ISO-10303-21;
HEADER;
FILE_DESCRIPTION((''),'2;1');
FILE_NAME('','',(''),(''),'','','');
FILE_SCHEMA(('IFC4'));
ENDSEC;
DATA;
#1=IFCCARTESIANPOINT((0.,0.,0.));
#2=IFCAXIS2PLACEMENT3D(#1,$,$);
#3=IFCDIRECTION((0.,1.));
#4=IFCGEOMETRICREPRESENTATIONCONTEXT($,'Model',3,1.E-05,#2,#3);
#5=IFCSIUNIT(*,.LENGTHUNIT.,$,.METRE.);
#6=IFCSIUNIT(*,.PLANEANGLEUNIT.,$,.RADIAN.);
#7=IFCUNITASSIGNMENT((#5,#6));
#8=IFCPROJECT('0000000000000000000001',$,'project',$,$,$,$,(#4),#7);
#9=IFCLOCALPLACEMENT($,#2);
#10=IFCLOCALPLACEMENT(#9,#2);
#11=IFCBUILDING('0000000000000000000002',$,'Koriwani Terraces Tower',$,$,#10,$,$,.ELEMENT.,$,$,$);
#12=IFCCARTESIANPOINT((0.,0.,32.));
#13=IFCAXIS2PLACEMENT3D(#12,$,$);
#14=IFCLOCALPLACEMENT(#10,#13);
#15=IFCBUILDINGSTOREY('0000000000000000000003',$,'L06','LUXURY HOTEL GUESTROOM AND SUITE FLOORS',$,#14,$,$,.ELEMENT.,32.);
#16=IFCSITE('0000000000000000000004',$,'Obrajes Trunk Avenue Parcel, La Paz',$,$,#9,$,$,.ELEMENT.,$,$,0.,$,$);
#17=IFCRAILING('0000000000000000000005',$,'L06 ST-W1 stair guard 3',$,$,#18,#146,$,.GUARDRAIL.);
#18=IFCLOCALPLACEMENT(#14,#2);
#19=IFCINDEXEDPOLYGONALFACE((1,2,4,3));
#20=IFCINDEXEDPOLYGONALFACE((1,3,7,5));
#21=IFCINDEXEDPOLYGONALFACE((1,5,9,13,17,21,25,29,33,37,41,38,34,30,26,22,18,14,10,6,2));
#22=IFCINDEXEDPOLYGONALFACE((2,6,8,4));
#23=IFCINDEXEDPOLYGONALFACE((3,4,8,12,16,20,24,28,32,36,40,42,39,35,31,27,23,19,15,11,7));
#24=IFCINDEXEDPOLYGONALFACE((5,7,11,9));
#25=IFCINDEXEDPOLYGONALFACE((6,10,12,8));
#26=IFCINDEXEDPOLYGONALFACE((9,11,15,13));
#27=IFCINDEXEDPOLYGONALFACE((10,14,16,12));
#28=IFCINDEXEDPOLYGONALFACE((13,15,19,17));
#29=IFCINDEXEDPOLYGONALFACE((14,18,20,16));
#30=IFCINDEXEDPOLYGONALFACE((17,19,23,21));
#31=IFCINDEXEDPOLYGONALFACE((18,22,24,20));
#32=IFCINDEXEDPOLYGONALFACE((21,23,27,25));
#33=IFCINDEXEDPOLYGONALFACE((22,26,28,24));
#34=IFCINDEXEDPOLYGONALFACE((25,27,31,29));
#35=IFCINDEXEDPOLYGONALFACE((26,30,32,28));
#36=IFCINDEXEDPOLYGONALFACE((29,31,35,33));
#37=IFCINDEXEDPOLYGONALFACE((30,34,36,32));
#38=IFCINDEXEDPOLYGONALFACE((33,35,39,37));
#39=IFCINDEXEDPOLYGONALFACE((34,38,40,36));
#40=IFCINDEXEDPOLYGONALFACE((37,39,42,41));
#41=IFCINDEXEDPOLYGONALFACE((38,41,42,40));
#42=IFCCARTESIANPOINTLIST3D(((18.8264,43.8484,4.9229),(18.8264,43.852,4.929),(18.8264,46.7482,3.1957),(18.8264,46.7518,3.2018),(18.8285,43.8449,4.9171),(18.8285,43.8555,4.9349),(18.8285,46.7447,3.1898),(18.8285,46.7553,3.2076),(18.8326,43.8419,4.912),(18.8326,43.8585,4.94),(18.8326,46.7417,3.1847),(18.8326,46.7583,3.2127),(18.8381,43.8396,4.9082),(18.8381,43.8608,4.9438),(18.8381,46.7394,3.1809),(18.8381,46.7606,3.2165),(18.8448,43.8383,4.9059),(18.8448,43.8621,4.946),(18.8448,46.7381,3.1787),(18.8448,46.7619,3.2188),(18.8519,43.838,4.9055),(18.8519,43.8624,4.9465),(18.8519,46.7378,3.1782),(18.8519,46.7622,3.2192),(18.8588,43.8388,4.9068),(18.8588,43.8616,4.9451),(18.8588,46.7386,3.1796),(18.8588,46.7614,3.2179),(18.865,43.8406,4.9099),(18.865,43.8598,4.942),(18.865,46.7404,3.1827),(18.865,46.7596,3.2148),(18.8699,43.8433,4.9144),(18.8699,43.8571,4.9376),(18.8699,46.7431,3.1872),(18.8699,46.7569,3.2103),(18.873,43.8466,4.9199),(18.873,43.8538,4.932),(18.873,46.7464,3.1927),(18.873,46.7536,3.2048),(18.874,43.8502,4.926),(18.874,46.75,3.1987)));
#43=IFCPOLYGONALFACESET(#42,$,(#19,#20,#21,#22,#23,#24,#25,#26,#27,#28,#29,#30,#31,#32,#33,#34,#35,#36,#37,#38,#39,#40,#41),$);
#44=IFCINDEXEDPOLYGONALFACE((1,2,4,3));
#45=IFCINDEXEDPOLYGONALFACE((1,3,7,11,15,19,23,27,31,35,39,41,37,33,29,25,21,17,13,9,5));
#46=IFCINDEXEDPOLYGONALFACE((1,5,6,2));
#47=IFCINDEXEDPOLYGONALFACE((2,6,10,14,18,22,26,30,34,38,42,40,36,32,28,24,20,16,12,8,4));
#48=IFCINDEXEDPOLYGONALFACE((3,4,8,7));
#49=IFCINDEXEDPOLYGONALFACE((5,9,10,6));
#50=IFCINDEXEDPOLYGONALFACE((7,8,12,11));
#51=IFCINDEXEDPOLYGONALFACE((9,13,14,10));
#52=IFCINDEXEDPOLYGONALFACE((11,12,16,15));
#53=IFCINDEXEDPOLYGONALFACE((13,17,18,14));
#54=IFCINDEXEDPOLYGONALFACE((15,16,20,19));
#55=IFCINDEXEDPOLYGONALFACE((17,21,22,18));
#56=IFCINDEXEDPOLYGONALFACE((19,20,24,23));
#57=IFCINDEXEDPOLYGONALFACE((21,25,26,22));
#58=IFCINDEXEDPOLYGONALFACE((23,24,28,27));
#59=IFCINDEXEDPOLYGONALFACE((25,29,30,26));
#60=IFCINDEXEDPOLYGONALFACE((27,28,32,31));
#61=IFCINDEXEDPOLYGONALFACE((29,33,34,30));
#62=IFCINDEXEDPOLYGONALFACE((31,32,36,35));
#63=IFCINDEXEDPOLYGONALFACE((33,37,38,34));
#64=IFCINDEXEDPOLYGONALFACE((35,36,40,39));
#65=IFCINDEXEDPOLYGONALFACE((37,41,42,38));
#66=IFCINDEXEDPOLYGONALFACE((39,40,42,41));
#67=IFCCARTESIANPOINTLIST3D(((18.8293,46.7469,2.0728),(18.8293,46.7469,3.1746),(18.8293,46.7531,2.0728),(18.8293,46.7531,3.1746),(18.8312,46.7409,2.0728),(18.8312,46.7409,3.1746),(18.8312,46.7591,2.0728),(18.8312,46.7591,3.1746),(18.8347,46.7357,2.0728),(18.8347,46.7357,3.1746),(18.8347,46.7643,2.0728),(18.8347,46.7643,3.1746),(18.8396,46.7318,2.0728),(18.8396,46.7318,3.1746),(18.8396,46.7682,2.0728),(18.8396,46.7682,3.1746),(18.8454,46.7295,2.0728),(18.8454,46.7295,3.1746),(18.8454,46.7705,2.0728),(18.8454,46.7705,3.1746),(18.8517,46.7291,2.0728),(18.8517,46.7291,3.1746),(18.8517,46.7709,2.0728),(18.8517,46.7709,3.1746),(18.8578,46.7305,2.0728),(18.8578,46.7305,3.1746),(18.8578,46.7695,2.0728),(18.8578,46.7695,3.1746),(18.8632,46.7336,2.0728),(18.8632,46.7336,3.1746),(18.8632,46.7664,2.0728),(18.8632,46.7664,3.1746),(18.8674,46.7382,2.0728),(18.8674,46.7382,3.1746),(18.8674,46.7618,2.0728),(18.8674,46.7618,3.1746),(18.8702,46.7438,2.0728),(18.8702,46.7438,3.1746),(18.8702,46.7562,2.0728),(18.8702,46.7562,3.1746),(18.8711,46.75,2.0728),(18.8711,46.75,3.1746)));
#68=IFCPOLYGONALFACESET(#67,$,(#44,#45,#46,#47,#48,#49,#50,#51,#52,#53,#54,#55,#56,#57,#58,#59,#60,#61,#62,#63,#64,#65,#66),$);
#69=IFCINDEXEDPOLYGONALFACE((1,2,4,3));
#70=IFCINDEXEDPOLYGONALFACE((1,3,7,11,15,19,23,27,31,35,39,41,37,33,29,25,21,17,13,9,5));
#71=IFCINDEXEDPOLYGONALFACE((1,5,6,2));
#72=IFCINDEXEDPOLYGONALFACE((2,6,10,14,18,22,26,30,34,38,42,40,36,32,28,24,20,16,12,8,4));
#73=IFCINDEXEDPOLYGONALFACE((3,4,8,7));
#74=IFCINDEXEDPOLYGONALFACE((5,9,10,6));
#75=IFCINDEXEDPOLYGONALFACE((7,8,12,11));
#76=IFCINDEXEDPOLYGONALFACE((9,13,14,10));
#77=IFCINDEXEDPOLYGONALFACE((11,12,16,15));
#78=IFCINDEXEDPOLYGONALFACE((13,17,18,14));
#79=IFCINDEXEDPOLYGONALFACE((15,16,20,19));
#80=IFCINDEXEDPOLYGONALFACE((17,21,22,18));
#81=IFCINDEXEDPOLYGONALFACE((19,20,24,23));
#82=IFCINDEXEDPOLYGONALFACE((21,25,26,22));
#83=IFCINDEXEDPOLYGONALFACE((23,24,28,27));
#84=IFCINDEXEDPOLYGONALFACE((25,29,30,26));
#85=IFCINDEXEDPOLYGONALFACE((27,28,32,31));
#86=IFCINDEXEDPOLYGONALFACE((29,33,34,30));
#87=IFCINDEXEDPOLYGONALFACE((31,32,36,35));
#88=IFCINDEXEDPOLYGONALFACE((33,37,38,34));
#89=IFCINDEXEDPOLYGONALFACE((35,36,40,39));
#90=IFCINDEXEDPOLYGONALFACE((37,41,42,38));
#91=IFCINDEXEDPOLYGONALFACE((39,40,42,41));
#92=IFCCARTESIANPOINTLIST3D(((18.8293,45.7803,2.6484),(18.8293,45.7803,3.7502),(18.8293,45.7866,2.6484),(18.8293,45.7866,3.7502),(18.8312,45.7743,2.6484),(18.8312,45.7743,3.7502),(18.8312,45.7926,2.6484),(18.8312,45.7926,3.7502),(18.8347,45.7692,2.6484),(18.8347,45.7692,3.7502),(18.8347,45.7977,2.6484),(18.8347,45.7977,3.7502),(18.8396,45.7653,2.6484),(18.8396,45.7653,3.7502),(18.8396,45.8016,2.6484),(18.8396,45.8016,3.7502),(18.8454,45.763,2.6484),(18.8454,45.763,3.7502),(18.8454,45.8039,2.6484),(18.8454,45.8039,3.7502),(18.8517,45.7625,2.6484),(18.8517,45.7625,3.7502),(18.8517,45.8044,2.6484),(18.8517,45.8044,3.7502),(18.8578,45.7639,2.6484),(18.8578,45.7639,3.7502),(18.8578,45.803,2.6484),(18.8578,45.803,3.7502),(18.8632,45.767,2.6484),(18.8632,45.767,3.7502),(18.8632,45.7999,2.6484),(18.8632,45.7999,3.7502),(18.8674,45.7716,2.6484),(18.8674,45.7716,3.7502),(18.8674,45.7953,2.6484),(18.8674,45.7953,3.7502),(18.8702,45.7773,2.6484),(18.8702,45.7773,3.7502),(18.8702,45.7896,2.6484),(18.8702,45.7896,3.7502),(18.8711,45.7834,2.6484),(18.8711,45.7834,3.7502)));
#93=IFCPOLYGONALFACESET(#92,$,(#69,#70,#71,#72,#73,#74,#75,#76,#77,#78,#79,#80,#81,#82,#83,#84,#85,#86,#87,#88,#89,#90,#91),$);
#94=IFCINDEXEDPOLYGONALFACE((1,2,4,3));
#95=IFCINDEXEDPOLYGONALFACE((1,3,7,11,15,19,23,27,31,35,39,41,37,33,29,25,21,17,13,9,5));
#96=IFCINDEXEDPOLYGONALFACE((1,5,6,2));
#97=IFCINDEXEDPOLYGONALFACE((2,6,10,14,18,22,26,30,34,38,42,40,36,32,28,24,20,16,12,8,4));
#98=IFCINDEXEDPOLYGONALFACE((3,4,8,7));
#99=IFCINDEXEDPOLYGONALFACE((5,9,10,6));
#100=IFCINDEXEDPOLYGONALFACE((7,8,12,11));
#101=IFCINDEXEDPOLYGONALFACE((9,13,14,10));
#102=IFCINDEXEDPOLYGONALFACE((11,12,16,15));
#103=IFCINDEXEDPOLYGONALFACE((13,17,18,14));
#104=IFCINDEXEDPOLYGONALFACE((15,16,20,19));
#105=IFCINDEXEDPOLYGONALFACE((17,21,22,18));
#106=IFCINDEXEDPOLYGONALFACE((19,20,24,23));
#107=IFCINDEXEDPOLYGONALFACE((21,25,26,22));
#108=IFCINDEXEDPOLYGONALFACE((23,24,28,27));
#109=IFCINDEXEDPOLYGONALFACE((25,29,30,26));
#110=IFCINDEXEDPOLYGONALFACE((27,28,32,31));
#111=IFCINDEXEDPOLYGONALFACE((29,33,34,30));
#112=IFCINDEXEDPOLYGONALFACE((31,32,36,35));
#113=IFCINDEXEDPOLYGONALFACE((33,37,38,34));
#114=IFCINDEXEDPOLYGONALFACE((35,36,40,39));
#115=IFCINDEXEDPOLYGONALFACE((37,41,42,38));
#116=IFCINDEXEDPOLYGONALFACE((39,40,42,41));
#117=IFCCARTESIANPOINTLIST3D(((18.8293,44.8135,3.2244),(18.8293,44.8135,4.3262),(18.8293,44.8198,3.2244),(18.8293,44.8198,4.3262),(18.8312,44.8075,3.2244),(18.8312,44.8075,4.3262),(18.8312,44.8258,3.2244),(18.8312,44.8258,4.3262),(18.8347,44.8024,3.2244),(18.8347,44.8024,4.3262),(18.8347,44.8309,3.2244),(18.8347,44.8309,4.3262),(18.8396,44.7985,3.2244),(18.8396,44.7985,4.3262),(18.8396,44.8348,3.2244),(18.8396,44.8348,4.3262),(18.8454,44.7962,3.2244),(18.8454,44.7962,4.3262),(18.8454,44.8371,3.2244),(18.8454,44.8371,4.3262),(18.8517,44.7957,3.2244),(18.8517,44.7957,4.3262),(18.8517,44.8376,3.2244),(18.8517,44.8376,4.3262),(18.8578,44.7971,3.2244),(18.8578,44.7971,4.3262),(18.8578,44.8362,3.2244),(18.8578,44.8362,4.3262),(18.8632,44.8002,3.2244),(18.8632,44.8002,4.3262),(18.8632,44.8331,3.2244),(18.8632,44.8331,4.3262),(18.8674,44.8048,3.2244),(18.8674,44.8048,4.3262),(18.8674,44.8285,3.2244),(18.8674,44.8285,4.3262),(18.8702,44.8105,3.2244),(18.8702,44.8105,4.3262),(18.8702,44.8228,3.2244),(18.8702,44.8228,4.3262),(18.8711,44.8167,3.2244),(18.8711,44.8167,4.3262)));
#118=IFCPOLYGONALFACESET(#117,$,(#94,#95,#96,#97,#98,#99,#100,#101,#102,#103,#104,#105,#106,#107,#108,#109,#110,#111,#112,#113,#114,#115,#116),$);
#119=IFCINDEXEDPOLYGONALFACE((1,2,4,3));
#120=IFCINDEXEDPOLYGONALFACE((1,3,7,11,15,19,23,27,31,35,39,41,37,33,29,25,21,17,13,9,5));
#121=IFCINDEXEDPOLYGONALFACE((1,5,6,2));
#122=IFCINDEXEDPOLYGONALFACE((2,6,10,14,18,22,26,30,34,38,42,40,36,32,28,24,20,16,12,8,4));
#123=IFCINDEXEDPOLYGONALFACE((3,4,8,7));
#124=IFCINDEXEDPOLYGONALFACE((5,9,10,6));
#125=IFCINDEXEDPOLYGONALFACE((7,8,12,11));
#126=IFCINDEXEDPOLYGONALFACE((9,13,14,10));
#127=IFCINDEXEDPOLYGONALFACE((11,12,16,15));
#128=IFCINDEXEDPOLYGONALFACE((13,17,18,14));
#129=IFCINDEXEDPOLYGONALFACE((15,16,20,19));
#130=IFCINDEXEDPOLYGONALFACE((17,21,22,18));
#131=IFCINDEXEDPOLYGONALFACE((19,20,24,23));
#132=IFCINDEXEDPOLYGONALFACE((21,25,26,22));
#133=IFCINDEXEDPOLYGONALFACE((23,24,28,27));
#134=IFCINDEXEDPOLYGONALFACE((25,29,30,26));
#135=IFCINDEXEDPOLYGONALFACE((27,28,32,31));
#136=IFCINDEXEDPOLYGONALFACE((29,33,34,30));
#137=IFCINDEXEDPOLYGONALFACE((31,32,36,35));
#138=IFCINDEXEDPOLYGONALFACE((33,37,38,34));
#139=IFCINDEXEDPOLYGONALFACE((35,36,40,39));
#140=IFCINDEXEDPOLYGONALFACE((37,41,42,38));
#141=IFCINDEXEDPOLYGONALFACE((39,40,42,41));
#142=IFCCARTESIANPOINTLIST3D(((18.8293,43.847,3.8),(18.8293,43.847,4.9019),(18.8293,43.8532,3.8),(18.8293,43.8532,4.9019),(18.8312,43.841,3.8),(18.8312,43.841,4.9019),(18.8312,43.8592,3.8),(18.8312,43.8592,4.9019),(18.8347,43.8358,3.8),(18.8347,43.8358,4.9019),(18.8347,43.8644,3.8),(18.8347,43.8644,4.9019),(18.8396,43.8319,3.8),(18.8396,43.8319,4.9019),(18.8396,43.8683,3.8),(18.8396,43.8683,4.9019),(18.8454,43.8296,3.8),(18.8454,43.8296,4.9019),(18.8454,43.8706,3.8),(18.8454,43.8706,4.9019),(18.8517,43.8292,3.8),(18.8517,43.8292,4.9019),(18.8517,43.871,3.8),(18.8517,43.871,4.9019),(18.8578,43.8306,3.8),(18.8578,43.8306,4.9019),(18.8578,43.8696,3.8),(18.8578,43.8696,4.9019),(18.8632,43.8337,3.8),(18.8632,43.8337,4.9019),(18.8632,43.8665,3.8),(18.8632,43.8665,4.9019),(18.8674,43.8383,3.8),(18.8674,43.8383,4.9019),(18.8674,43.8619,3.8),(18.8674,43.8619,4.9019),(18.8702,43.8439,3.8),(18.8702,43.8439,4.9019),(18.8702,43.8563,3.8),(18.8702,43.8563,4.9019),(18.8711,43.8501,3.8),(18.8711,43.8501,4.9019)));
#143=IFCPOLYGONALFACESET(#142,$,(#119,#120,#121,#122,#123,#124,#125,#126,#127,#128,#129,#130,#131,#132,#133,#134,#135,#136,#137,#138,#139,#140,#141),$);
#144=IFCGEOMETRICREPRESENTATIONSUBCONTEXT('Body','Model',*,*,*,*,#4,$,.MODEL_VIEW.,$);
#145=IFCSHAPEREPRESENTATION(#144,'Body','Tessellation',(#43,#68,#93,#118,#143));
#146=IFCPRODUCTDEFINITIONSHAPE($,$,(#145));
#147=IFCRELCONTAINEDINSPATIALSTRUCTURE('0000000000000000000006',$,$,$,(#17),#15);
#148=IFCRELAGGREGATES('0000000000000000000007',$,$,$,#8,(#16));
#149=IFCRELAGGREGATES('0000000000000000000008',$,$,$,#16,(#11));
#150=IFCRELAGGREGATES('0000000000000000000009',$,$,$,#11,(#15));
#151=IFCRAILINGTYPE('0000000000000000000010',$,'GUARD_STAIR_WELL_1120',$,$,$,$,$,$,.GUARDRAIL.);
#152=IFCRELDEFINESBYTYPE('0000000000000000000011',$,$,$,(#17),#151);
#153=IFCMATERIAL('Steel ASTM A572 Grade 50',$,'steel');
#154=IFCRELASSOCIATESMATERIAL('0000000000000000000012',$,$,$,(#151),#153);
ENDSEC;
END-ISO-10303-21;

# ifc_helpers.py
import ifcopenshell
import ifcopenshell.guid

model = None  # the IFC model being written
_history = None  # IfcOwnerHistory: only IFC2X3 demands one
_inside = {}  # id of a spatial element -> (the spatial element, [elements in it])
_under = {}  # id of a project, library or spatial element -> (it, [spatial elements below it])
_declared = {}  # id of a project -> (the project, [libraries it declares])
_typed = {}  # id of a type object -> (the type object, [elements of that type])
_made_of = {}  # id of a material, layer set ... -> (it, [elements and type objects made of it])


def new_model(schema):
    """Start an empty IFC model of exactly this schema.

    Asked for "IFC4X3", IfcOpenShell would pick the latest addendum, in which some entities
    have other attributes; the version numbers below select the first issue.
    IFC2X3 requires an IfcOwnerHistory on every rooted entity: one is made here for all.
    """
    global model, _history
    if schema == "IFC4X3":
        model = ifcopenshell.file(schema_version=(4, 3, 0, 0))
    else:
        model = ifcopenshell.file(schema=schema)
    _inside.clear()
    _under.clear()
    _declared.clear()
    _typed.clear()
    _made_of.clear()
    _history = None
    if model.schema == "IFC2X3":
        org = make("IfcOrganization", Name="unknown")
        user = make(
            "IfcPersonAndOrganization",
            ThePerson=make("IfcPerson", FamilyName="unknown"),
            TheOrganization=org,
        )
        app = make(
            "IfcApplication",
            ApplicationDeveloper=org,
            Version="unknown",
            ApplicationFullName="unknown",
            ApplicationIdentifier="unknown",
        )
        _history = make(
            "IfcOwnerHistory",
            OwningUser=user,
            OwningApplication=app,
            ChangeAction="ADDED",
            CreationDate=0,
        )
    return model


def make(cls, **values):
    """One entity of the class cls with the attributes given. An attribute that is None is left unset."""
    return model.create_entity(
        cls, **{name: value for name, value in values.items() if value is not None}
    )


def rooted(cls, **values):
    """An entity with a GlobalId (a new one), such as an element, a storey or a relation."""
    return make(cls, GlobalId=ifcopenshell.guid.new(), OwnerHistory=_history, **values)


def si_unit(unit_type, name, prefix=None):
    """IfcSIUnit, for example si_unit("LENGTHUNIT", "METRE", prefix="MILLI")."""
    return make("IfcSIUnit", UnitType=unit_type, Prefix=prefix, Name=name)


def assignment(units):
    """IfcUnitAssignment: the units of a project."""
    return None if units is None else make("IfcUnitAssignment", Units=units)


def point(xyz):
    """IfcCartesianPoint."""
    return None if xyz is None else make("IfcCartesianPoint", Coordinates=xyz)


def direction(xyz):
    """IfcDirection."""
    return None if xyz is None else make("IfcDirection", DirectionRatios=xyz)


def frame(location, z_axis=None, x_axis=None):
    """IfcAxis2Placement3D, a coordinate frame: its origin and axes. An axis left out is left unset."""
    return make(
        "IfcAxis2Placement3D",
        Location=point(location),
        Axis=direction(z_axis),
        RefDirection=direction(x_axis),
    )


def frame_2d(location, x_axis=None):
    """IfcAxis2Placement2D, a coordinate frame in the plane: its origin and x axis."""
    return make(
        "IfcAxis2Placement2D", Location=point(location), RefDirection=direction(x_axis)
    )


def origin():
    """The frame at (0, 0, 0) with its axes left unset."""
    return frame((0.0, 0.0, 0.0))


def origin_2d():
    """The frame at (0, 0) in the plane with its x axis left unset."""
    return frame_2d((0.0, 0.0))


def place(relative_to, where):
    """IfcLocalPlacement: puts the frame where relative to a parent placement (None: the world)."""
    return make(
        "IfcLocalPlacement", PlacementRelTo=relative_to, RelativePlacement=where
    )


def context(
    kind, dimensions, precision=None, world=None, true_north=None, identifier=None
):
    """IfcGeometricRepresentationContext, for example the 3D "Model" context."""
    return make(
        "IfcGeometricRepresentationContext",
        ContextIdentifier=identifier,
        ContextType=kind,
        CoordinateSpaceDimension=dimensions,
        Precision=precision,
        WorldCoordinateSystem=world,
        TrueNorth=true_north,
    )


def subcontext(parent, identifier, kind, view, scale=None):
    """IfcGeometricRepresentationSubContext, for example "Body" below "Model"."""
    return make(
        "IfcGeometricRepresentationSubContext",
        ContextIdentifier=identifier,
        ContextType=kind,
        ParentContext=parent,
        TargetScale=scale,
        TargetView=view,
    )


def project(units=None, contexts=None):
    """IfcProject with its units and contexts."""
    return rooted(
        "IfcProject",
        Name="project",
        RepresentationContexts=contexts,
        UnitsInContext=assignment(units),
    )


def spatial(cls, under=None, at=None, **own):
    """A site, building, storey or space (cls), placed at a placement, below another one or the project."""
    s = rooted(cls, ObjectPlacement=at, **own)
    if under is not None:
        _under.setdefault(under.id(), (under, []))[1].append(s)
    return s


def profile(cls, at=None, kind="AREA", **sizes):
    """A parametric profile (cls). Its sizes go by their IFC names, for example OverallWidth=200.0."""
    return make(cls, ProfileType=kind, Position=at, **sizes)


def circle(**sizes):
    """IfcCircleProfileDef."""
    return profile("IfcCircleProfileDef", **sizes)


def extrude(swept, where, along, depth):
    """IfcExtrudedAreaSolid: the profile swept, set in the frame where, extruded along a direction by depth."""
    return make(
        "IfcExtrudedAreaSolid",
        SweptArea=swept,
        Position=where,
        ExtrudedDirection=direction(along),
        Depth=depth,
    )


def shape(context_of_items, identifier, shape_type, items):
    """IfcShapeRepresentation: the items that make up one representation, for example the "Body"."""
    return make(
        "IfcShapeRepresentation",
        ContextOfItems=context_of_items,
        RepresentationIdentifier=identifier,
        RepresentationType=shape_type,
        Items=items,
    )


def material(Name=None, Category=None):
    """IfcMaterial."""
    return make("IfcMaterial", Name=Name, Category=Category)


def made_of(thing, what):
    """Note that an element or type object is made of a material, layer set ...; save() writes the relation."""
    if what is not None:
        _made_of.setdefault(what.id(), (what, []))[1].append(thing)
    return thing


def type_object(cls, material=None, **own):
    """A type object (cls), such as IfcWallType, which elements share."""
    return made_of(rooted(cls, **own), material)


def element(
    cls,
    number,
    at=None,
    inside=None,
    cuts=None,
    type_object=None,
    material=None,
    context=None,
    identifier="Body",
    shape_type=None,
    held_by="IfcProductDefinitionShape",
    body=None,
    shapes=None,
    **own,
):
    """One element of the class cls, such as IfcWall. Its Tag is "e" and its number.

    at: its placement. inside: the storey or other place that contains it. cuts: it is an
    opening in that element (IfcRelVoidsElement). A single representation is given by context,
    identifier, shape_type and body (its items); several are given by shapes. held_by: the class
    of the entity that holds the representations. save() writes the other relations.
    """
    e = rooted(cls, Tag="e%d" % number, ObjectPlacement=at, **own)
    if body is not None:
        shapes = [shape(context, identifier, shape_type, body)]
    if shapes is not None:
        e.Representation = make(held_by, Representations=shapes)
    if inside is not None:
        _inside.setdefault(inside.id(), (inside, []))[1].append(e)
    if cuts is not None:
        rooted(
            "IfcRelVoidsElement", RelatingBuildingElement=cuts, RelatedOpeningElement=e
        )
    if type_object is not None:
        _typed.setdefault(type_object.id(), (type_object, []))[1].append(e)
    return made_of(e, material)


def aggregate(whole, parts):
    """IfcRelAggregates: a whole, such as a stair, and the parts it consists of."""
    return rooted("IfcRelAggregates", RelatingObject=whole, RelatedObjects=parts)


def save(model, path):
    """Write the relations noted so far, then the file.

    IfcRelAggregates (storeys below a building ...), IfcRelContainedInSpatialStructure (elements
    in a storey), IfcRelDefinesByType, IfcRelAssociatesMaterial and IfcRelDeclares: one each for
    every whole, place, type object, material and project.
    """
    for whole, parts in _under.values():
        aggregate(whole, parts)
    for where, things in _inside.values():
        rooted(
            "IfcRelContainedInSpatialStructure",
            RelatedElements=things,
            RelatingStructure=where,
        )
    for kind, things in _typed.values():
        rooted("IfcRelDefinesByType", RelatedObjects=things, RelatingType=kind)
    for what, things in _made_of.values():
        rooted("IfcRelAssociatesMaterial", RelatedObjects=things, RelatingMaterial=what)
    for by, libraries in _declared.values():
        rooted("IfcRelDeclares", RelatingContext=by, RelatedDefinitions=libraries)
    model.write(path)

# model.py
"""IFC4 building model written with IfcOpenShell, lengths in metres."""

from ifc_helpers import new_model, si_unit, direction, frame, origin, origin_2d, place, context, subcontext, project, spatial, circle, extrude, material, type_object, element, save


model = new_model("IFC4")

# Units and contexts
model_context = context("Model", 3, precision=1e-05, world=origin(), true_north=direction((0.0, 1.0)))
body_context = subcontext(model_context, "Body", "Model", "MODEL_VIEW")
ifc_project = project(units=[si_unit("LENGTHUNIT", "METRE"), si_unit("PLANEANGLEUNIT", "RADIAN")], contexts=[model_context])

# Site, building, storey
site_placement = place(None, origin())
site = spatial("IfcSite", under=ifc_project, at=site_placement, Name="Obrajes Trunk Avenue Parcel, La Paz", CompositionType="ELEMENT", RefElevation=0.0)
building_placement = place(site_placement, origin())
building = spatial("IfcBuilding", under=site, at=building_placement, Name="Koriwani Terraces Tower", CompositionType="ELEMENT")
storey_placement = place(building_placement, frame((0.0, 0.0, 32.0)))
storey = spatial("IfcBuildingStorey", under=building, at=storey_placement, Name="L06", Description="LUXURY HOTEL GUESTROOM AND SUITE FLOORS", CompositionType="ELEMENT", Elevation=32.0)

# Shared definitions
ifc_material_1 = material(Name="Steel ASTM A572 Grade 50", Category="steel")

# Railing
railing_type_1 = type_object("IfcRailingType", Name="GUARD_STAIR_WELL_1120", PredefinedType="GUARDRAIL", material=ifc_material_1)
railing_1_placement = place(storey_placement, frame((18.8501, 46.75, 2.0728)))
element("IfcRailing", 1, at=railing_1_placement, inside=storey, type_object=railing_type_1, Name="L06 ST-W1 stair guard 3", PredefinedType="GUARDRAIL", context=body_context, shape_type="SweptSolid", body=[
    extrude(circle(Radius=0.0239, at=origin_2d()), frame((0.0, 0.0, 1.126), z_axis=(0.0, -0.859141, 0.511738), x_axis=(1.0, 0.0, 0.0)), (0.0, 0.0, 1.0), 3.3752),
    extrude(circle(Radius=0.021, at=origin_2d()), origin(), (0.0, 0.0, 1.0), 1.1018),
    extrude(circle(Radius=0.021, at=origin_2d()), frame((0.0, -0.9666, 0.5757)), (0.0, 0.0, 1.0), 1.1018),
    extrude(circle(Radius=0.021, at=origin_2d()), frame((0.0, -1.9333, 1.1516)), (0.0, 0.0, 1.0), 1.1018),
    extrude(circle(Radius=0.021, at=origin_2d()), frame((0.0, -2.8999, 1.7273)), (0.0, 0.0, 1.0), 1.1018),
])

save(model, "model.ifc")
